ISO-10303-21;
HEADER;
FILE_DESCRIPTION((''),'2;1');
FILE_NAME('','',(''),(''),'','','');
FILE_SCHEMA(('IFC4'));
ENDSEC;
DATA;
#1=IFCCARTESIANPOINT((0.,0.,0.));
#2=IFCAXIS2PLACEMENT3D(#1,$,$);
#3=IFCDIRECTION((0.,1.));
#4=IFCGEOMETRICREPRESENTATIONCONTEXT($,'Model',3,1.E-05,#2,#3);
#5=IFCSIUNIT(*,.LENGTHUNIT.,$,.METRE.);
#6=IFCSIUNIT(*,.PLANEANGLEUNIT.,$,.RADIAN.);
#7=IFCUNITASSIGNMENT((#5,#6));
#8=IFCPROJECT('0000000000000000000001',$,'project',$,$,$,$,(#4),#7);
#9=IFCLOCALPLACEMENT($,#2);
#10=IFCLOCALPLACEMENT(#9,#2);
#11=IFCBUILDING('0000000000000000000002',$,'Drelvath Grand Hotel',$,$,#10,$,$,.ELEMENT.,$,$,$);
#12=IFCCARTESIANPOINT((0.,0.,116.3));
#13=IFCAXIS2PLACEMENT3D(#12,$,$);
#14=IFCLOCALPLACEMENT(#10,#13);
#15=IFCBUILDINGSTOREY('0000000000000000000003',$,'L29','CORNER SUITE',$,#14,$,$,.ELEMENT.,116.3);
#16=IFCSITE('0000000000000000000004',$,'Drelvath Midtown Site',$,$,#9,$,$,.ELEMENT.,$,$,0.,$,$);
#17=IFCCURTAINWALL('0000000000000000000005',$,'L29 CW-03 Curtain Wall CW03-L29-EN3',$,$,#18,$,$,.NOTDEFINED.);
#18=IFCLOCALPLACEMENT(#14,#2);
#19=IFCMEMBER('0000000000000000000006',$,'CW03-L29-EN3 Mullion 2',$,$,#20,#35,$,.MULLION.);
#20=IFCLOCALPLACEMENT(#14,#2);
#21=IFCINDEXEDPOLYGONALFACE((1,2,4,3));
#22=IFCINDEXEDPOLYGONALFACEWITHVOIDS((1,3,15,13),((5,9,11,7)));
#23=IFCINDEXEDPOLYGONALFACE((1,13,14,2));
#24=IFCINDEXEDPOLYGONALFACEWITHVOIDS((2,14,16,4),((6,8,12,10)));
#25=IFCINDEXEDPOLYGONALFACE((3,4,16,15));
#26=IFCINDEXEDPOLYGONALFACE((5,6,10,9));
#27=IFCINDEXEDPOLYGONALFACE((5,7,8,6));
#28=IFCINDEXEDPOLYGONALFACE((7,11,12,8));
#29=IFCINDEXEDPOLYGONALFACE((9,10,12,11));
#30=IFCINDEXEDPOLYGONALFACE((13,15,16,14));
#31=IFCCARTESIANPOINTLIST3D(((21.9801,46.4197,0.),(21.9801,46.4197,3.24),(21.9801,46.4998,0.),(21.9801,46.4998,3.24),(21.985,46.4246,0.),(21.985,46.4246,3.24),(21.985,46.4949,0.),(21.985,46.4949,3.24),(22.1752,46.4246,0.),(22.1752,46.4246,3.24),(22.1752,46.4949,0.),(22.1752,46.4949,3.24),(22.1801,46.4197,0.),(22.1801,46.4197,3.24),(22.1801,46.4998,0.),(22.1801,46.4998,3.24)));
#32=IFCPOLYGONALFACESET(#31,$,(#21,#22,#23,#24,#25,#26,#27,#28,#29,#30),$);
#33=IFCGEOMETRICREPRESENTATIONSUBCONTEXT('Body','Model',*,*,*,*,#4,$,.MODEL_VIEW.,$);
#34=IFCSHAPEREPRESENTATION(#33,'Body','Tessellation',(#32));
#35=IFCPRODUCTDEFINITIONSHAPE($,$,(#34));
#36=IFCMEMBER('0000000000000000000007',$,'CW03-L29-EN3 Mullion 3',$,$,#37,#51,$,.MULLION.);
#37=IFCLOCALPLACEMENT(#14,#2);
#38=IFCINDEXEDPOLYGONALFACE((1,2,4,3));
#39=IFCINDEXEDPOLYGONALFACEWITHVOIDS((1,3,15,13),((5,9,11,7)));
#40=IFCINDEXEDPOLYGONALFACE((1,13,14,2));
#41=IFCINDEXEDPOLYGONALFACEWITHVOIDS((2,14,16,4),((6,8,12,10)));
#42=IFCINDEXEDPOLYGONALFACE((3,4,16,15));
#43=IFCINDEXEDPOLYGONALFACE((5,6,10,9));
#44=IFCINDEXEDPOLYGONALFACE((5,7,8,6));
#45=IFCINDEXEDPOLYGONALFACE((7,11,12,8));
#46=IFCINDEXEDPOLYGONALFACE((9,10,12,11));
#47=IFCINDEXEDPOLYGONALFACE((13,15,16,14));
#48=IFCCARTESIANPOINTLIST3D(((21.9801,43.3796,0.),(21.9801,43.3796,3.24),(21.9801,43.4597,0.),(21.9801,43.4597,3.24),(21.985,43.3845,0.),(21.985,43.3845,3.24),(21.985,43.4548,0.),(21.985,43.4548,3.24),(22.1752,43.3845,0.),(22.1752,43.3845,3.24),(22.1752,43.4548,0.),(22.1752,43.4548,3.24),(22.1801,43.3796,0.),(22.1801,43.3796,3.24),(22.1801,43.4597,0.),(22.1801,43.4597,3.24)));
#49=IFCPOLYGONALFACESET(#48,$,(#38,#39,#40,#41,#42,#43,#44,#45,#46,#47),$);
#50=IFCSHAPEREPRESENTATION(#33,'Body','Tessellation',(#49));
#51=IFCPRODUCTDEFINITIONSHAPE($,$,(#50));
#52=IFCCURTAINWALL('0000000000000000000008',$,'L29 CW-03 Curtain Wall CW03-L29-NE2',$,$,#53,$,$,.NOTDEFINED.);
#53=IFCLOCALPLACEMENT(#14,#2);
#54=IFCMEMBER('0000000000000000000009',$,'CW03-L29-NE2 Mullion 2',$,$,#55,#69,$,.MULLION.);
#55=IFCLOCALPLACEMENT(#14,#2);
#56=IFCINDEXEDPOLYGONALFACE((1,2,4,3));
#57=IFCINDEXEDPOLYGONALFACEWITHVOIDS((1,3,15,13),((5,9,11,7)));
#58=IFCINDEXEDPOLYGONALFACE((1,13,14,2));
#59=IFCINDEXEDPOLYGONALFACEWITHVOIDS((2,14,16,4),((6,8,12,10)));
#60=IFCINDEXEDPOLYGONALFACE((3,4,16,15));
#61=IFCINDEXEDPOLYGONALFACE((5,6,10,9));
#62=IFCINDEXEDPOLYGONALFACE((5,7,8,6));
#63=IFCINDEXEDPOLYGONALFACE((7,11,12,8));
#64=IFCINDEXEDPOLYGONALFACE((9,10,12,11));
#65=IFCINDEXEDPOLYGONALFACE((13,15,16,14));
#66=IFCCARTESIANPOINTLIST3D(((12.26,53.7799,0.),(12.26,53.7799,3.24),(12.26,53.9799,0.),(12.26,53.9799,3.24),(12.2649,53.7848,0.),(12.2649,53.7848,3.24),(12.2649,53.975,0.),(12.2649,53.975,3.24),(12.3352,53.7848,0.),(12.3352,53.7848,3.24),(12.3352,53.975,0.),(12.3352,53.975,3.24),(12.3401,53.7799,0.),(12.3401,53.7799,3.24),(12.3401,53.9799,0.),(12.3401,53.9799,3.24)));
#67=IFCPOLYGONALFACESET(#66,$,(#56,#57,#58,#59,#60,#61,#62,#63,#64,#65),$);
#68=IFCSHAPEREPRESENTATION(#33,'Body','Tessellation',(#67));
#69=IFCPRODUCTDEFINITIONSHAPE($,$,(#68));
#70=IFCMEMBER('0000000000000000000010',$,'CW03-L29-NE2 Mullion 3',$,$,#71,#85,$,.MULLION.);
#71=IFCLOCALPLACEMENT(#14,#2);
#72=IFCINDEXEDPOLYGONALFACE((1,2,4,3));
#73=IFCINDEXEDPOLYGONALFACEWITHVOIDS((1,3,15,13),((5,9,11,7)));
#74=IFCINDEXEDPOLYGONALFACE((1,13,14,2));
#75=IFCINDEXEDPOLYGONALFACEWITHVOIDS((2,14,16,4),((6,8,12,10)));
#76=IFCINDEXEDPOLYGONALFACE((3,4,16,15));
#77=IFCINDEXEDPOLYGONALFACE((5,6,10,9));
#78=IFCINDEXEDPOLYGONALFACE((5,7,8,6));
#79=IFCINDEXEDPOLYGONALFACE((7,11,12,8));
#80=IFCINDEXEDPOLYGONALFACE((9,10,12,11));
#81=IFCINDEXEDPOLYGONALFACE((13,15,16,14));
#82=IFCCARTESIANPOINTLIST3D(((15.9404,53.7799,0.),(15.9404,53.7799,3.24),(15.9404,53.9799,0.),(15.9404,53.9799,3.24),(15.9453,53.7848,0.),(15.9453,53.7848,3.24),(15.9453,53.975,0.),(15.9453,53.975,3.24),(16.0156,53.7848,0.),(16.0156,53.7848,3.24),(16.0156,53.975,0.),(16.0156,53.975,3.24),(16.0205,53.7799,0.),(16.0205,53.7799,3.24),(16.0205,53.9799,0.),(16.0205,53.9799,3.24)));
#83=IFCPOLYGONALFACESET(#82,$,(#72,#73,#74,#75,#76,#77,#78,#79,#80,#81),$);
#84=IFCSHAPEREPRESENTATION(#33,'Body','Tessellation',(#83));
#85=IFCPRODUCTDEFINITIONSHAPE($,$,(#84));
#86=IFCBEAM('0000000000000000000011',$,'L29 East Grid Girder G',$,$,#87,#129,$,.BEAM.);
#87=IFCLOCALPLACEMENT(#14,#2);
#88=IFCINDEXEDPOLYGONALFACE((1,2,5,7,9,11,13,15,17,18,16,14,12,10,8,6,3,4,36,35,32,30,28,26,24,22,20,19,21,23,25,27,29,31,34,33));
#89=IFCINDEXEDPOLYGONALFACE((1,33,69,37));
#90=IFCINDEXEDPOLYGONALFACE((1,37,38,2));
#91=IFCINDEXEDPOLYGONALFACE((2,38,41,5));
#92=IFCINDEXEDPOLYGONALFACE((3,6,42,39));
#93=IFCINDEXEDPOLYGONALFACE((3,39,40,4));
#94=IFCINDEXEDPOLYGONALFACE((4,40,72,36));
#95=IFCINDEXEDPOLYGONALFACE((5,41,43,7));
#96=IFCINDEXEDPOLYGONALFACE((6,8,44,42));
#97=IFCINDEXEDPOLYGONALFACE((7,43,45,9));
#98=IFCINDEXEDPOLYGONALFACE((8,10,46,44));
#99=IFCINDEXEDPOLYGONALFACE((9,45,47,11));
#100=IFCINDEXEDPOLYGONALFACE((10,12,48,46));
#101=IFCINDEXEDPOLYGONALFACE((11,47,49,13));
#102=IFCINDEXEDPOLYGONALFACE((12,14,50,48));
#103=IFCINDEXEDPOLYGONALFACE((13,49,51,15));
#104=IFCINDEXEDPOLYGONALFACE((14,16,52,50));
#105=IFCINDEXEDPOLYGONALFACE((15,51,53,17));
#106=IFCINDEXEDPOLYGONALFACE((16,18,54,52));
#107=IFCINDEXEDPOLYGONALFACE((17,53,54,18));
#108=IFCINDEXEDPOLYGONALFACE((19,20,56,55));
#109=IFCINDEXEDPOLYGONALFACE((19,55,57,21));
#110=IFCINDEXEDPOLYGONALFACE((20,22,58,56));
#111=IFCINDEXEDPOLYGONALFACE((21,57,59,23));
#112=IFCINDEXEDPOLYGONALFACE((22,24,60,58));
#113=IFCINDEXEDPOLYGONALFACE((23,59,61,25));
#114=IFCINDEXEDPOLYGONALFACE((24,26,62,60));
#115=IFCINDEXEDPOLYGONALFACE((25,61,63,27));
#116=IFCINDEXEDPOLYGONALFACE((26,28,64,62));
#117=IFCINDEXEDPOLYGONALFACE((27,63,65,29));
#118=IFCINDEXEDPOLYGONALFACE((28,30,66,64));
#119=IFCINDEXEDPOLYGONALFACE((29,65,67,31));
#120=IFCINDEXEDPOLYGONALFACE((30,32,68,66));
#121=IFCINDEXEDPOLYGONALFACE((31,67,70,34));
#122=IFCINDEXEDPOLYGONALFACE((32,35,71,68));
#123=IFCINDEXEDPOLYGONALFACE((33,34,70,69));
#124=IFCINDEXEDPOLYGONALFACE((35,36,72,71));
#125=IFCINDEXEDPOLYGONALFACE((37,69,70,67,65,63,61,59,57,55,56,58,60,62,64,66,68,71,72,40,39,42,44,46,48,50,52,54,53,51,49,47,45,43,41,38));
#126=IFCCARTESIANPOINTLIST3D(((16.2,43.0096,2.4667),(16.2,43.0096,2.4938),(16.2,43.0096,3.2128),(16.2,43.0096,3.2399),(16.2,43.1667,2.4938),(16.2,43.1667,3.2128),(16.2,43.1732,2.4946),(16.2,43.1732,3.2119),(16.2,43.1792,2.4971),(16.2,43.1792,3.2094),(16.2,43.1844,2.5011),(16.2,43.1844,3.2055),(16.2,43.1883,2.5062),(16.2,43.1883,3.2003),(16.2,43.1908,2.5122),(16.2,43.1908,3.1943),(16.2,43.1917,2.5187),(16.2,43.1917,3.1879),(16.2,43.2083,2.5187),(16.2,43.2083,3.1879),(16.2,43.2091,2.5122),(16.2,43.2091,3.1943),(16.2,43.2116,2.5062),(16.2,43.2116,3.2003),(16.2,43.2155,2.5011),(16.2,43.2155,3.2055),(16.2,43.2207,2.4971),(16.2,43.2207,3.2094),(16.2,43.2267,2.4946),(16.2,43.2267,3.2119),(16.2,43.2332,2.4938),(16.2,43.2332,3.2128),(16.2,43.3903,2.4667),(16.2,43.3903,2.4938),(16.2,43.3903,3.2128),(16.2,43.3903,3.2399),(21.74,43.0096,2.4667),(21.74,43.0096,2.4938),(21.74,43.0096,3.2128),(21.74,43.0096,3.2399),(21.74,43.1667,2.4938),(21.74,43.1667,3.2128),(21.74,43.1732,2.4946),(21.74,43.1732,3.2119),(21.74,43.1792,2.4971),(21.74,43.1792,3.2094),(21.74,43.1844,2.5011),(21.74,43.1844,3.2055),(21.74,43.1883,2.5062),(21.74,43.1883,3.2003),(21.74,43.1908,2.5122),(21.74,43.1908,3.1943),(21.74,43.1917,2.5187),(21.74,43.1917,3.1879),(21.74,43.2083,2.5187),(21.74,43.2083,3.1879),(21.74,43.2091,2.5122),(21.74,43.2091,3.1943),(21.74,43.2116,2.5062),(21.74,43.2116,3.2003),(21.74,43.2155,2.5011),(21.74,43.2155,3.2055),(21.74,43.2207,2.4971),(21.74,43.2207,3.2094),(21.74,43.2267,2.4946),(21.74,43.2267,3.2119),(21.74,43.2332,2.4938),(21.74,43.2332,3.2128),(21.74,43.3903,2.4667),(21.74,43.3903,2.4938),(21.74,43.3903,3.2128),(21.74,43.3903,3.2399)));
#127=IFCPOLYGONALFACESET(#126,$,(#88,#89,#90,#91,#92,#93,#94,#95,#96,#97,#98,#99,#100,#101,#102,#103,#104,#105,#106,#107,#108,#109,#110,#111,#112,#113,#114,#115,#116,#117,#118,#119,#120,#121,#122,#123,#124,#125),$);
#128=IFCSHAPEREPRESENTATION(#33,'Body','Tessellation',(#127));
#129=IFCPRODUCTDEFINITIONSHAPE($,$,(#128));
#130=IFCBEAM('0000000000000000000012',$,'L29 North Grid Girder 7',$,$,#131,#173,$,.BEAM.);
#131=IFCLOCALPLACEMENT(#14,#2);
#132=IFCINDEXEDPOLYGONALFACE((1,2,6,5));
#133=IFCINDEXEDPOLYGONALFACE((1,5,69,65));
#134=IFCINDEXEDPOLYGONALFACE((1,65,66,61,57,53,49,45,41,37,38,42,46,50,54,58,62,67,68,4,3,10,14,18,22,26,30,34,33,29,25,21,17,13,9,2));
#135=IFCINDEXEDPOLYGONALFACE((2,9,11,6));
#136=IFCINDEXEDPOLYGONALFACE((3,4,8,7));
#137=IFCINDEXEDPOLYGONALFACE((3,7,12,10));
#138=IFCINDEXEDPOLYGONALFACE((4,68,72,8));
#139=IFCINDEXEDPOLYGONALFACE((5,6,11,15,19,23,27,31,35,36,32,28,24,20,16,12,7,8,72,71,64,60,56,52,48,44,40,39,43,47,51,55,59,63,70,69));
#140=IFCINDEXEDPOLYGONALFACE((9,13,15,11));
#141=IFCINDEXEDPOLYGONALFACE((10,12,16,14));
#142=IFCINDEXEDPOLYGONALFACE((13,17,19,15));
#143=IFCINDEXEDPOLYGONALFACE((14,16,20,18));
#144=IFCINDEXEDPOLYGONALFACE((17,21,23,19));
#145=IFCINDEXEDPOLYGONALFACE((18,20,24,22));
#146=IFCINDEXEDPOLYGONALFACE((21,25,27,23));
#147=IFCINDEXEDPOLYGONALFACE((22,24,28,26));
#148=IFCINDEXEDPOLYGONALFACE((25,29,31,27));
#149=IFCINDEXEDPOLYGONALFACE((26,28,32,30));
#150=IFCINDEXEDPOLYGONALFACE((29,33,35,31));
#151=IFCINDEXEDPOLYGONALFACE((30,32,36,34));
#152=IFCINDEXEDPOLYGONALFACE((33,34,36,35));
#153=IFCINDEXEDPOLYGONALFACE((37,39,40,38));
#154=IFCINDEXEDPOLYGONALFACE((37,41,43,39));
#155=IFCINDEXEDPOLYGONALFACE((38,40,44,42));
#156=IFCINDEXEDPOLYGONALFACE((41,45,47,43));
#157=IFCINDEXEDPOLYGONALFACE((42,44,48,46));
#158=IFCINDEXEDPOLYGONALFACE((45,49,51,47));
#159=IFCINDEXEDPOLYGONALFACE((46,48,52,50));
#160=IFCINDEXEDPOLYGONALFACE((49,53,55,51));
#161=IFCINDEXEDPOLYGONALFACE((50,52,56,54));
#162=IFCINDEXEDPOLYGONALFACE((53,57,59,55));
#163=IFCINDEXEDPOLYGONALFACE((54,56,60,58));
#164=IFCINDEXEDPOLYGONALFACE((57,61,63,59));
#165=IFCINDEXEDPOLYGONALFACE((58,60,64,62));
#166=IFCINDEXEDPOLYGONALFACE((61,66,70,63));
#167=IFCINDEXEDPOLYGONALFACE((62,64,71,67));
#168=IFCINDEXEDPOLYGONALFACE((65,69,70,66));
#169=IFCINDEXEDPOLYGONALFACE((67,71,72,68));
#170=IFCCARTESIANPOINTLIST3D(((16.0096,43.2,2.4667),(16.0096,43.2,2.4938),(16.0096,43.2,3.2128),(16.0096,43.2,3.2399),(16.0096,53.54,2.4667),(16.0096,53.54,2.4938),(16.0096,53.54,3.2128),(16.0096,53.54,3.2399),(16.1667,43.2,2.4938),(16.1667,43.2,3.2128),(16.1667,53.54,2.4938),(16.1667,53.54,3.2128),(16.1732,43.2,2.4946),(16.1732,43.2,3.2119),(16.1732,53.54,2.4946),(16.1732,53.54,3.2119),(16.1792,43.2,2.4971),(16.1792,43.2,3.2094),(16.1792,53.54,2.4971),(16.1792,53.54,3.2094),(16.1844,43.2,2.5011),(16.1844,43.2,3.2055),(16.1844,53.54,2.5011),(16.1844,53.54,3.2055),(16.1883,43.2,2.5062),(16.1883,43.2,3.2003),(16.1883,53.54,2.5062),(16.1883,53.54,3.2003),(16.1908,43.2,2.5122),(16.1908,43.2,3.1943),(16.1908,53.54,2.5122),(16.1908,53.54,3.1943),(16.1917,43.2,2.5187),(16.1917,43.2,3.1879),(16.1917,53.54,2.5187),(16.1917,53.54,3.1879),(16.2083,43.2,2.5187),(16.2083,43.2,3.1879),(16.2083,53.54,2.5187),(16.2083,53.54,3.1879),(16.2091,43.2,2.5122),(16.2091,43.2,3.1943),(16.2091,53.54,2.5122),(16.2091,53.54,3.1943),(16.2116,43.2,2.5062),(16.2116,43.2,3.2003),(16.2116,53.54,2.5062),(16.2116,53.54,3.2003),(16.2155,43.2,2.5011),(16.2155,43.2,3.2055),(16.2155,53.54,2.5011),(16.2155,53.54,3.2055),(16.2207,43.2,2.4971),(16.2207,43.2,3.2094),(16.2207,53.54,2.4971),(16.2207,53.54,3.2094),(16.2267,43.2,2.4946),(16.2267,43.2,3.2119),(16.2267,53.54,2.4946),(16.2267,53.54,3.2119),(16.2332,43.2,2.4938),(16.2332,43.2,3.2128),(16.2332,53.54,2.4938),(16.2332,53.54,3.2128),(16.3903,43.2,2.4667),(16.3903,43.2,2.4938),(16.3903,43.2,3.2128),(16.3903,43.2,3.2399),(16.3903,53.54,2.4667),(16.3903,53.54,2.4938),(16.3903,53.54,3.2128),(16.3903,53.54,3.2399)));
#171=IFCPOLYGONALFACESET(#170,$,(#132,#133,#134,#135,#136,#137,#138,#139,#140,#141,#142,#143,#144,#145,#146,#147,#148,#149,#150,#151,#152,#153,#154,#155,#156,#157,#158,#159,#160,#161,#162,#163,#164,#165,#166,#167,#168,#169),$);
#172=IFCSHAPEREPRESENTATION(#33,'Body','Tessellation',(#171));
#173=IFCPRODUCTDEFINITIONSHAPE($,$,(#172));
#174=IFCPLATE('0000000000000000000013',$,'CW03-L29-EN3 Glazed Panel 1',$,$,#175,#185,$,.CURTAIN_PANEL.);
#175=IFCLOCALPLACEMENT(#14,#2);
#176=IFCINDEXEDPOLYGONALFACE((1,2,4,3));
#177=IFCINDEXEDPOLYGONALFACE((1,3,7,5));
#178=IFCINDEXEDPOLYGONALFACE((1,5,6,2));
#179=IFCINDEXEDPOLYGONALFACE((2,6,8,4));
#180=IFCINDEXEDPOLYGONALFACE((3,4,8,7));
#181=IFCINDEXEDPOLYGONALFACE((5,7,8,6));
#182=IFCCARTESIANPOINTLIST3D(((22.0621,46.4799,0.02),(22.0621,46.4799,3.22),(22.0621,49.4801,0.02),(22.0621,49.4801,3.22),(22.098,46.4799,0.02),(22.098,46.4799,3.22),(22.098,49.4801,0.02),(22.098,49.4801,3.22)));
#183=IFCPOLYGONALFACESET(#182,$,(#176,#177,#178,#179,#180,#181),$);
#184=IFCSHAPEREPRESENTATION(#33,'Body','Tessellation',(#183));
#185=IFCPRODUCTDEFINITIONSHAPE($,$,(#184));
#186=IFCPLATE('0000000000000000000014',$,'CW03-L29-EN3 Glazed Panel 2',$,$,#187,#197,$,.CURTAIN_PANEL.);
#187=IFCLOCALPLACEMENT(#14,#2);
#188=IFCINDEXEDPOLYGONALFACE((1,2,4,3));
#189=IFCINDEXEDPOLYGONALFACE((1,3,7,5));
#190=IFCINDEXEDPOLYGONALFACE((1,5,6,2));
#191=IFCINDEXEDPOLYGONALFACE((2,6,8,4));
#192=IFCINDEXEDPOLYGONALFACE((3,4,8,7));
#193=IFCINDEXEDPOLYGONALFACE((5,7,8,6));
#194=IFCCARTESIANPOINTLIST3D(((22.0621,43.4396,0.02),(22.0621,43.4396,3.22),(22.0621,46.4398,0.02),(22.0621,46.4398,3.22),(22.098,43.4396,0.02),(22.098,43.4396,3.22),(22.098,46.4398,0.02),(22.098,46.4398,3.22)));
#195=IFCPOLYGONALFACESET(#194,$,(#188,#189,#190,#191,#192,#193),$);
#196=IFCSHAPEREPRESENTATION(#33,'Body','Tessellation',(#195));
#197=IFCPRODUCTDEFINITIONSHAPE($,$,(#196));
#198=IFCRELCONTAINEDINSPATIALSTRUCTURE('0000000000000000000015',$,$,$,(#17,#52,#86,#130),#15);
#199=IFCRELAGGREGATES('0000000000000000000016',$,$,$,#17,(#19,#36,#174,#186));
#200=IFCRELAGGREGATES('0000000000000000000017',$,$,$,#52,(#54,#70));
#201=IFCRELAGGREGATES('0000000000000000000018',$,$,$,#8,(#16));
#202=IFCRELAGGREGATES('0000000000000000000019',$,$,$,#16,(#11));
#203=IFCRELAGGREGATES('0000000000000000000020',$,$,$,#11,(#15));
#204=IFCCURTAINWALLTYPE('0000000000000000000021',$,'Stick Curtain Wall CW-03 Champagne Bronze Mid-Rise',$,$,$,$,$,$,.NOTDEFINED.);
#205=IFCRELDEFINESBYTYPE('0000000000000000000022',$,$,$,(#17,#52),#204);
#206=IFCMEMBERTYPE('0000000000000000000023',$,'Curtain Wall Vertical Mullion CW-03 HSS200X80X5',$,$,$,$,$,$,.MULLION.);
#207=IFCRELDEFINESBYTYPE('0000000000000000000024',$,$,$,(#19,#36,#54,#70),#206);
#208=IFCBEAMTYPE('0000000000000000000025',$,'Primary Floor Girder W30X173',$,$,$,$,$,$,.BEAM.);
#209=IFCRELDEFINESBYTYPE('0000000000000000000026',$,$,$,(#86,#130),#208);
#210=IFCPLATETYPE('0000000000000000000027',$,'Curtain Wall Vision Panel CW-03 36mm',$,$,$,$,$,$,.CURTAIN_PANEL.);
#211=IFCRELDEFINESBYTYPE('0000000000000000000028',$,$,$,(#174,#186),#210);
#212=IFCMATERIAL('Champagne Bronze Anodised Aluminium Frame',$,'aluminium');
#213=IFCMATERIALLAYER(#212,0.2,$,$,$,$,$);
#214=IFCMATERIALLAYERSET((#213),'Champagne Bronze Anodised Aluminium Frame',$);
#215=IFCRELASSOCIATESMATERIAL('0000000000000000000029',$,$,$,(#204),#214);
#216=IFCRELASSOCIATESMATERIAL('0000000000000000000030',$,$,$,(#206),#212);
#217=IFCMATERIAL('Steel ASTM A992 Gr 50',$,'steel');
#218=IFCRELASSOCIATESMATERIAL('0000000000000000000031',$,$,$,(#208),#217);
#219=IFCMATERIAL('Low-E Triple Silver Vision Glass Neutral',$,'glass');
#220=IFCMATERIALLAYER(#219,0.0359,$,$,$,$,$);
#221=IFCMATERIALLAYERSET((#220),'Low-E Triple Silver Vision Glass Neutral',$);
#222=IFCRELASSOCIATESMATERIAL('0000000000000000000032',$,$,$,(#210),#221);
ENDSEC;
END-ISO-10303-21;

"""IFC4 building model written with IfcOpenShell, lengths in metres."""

from ifc_helpers import new_model, si_unit, direction, frame, origin, origin_2d, place, context, subcontext, project, spatial, rectangle, hollow_rectangle, i_section, extrude, material, layer, layer_set, material_profile, profile_set, type_object, element, aggregate, save


model = new_model("IFC4")

# Units and contexts
model_context = context("Model", 3, precision=1e-05, world=origin(), true_north=direction((0.0, 1.0)))
body_context = subcontext(model_context, "Body", "Model", "MODEL_VIEW")
ifc_project = project(units=[si_unit("LENGTHUNIT", "METRE"), si_unit("PLANEANGLEUNIT", "RADIAN")], contexts=[model_context])

# Site, building, storey
site_placement = place(None, origin())
site = spatial("IfcSite", under=ifc_project, at=site_placement, Name="Drelvath Midtown Site", CompositionType="ELEMENT", RefElevation=0.0)
building_placement = place(site_placement, origin())
building = spatial("IfcBuilding", under=site, at=building_placement, Name="Drelvath Grand Hotel", CompositionType="ELEMENT")
storey_placement = place(building_placement, frame((0.0, 0.0, 116.3)))
storey = spatial("IfcBuildingStorey", under=building, at=storey_placement, Name="L29", Description="CORNER SUITE", CompositionType="ELEMENT", Elevation=116.3)

# Curtain wall
ifc_material_1 = material(Name="Champagne Bronze Anodised Aluminium Frame", Category="aluminium")
ifc_layer_1 = layer(ifc_material_1, 0.2)
ifc_layer_set_1 = layer_set([ifc_layer_1], Name="Champagne Bronze Anodised Aluminium Frame")
curtain_wall_type = type_object("IfcCurtainWallType", Name="Stick Curtain Wall CW-03 Champagne Bronze Mid-Rise", PredefinedType="NOTDEFINED", material=ifc_layer_set_1)
curtain_wall_1_placement = place(storey_placement, origin())
curtain_wall_1 = element("IfcCurtainWall", 1, at=curtain_wall_1_placement, inside=storey, type_object=curtain_wall_type, Name="L29 CW-03 Curtain Wall CW03-L29-EN3", PredefinedType="NOTDEFINED")

# Members
ifc_material_profile_1 = material_profile(ifc_material_1, hollow_rectangle(XDim=0.0801, YDim=0.2, WallThickness=0.0049, at=origin_2d()), Name="HSS200X80X5")
ifc_profile_set_1 = profile_set([ifc_material_profile_1], Name="Champagne Bronze Anodised Aluminium Frame")
member_type_1 = type_object("IfcMemberType", Name="Curtain Wall Vertical Mullion CW-03 HSS200X80X5", PredefinedType="MULLION", material=ifc_profile_set_1)
member_1_placement = place(storey_placement, frame((22.0801, 46.4597, 0.0), z_axis=(0.0, 0.0, 1.0), x_axis=(0.0, 1.0, 0.0)))
member_1 = element("IfcMember", 2, at=member_1_placement, type_object=member_type_1, Name="CW03-L29-EN3 Mullion 2", PredefinedType="MULLION", context=body_context, shape_type="SweptSolid", body=[
    extrude(hollow_rectangle(XDim=0.0801, YDim=0.2, WallThickness=0.0049, at=origin_2d()), origin(), (0.0, 0.0, 1.0), 3.24),
])
member_2_placement = place(storey_placement, frame((22.0801, 43.4197, 0.0), z_axis=(0.0, 0.0, 1.0), x_axis=(0.0, 1.0, 0.0)))
member_2 = element("IfcMember", 3, at=member_2_placement, type_object=member_type_1, Name="CW03-L29-EN3 Mullion 3", PredefinedType="MULLION", context=body_context, shape_type="SweptSolid", body=[
    extrude(hollow_rectangle(XDim=0.0801, YDim=0.2, WallThickness=0.0049, at=origin_2d()), origin(), (0.0, 0.0, 1.0), 3.24),
])

# Curtain wall, members
curtain_wall_2_placement = place(storey_placement, origin())
curtain_wall_2 = element("IfcCurtainWall", 4, at=curtain_wall_2_placement, inside=storey, type_object=curtain_wall_type, Name="L29 CW-03 Curtain Wall CW03-L29-NE2", PredefinedType="NOTDEFINED")
member_3_placement = place(storey_placement, frame((12.3, 53.8799, 0.0), z_axis=(0.0, 0.0, 1.0), x_axis=(1.0, 0.0, 0.0)))
member_3 = element("IfcMember", 5, at=member_3_placement, type_object=member_type_1, Name="CW03-L29-NE2 Mullion 2", PredefinedType="MULLION", context=body_context, shape_type="SweptSolid", body=[
    extrude(hollow_rectangle(XDim=0.0801, YDim=0.2, WallThickness=0.0049, at=origin_2d()), origin(), (0.0, 0.0, 1.0), 3.24),
])
member_4_placement = place(storey_placement, frame((15.9805, 53.8799, 0.0), z_axis=(0.0, 0.0, 1.0), x_axis=(1.0, 0.0, 0.0)))
member_4 = element("IfcMember", 6, at=member_4_placement, type_object=member_type_1, Name="CW03-L29-NE2 Mullion 3", PredefinedType="MULLION", context=body_context, shape_type="SweptSolid", body=[
    extrude(hollow_rectangle(XDim=0.0801, YDim=0.2, WallThickness=0.0049, at=origin_2d()), origin(), (0.0, 0.0, 1.0), 3.24),
])

# Beams
ifc_material_2 = material(Name="Steel ASTM A992 Gr 50", Category="steel")
ifc_material_profile_2 = material_profile(ifc_material_2, i_section(OverallWidth=0.3806, OverallDepth=0.7732, WebThickness=0.0166, FlangeThickness=0.0271, FilletRadius=0.0249, at=origin_2d()), Name="W30X173")
ifc_profile_set_2 = profile_set([ifc_material_profile_2], Name="Steel ASTM A992 Gr 50")
beam_type = type_object("IfcBeamType", Name="Primary Floor Girder W30X173", PredefinedType="BEAM", material=ifc_profile_set_2)
beam_1_placement = place(storey_placement, frame((16.2, 43.2, 2.8533), z_axis=(1.0, 0.0, 0.0), x_axis=(0.0, 1.0, 0.0)))
element("IfcBeam", 7, at=beam_1_placement, inside=storey, type_object=beam_type, Name="L29 East Grid Girder G", PredefinedType="BEAM", context=body_context, shape_type="SweptSolid", body=[
    extrude(i_section(OverallWidth=0.3806, OverallDepth=0.7732, WebThickness=0.0166, FlangeThickness=0.0271, FilletRadius=0.0249, at=origin_2d()), origin(), (0.0, 0.0, 1.0), 5.54),
])
beam_2_placement = place(storey_placement, frame((16.2, 43.2, 2.8533), z_axis=(0.0, 1.0, 0.0), x_axis=(-1.0, 0.0, 0.0)))
element("IfcBeam", 8, at=beam_2_placement, inside=storey, type_object=beam_type, Name="L29 North Grid Girder 7", PredefinedType="BEAM", context=body_context, shape_type="SweptSolid", body=[
    extrude(i_section(OverallWidth=0.3806, OverallDepth=0.7732, WebThickness=0.0166, FlangeThickness=0.0271, FilletRadius=0.0249, at=origin_2d()), origin(), (0.0, 0.0, 1.0), 10.3401),
])

# Plates
ifc_material_3 = material(Name="Low-E Triple Silver Vision Glass Neutral", Category="glass")
ifc_layer_2 = layer(ifc_material_3, 0.0359)
ifc_layer_set_2 = layer_set([ifc_layer_2], Name="Low-E Triple Silver Vision Glass Neutral")
plate_type = type_object("IfcPlateType", Name="Curtain Wall Vision Panel CW-03 36mm", PredefinedType="CURTAIN_PANEL", material=ifc_layer_set_2)
plate_1_placement = place(storey_placement, frame((22.0801, 47.98, 0.02), z_axis=(0.0, 0.0, 1.0), x_axis=(0.0, -1.0, 0.0)))
plate_1 = element("IfcPlate", 9, at=plate_1_placement, type_object=plate_type, Name="CW03-L29-EN3 Glazed Panel 1", PredefinedType="CURTAIN_PANEL", context=body_context, shape_type="SweptSolid", body=[
    extrude(rectangle(XDim=3.0002, YDim=0.0359, at=origin_2d()), origin(), (0.0, 0.0, 1.0), 3.2),
])
plate_2_placement = place(storey_placement, frame((22.0801, 44.9397, 0.02), z_axis=(0.0, 0.0, 1.0), x_axis=(0.0, -1.0, 0.0)))
plate_2 = element("IfcPlate", 10, at=plate_2_placement, type_object=plate_type, Name="CW03-L29-EN3 Glazed Panel 2", PredefinedType="CURTAIN_PANEL", context=body_context, shape_type="SweptSolid", body=[
    extrude(rectangle(XDim=3.0002, YDim=0.0359, at=origin_2d()), origin(), (0.0, 0.0, 1.0), 3.2),
])
aggregate(curtain_wall_1, [member_1, member_2, plate_1, plate_2])
aggregate(curtain_wall_2, [member_3, member_4])

save(model, "model.ifc")
